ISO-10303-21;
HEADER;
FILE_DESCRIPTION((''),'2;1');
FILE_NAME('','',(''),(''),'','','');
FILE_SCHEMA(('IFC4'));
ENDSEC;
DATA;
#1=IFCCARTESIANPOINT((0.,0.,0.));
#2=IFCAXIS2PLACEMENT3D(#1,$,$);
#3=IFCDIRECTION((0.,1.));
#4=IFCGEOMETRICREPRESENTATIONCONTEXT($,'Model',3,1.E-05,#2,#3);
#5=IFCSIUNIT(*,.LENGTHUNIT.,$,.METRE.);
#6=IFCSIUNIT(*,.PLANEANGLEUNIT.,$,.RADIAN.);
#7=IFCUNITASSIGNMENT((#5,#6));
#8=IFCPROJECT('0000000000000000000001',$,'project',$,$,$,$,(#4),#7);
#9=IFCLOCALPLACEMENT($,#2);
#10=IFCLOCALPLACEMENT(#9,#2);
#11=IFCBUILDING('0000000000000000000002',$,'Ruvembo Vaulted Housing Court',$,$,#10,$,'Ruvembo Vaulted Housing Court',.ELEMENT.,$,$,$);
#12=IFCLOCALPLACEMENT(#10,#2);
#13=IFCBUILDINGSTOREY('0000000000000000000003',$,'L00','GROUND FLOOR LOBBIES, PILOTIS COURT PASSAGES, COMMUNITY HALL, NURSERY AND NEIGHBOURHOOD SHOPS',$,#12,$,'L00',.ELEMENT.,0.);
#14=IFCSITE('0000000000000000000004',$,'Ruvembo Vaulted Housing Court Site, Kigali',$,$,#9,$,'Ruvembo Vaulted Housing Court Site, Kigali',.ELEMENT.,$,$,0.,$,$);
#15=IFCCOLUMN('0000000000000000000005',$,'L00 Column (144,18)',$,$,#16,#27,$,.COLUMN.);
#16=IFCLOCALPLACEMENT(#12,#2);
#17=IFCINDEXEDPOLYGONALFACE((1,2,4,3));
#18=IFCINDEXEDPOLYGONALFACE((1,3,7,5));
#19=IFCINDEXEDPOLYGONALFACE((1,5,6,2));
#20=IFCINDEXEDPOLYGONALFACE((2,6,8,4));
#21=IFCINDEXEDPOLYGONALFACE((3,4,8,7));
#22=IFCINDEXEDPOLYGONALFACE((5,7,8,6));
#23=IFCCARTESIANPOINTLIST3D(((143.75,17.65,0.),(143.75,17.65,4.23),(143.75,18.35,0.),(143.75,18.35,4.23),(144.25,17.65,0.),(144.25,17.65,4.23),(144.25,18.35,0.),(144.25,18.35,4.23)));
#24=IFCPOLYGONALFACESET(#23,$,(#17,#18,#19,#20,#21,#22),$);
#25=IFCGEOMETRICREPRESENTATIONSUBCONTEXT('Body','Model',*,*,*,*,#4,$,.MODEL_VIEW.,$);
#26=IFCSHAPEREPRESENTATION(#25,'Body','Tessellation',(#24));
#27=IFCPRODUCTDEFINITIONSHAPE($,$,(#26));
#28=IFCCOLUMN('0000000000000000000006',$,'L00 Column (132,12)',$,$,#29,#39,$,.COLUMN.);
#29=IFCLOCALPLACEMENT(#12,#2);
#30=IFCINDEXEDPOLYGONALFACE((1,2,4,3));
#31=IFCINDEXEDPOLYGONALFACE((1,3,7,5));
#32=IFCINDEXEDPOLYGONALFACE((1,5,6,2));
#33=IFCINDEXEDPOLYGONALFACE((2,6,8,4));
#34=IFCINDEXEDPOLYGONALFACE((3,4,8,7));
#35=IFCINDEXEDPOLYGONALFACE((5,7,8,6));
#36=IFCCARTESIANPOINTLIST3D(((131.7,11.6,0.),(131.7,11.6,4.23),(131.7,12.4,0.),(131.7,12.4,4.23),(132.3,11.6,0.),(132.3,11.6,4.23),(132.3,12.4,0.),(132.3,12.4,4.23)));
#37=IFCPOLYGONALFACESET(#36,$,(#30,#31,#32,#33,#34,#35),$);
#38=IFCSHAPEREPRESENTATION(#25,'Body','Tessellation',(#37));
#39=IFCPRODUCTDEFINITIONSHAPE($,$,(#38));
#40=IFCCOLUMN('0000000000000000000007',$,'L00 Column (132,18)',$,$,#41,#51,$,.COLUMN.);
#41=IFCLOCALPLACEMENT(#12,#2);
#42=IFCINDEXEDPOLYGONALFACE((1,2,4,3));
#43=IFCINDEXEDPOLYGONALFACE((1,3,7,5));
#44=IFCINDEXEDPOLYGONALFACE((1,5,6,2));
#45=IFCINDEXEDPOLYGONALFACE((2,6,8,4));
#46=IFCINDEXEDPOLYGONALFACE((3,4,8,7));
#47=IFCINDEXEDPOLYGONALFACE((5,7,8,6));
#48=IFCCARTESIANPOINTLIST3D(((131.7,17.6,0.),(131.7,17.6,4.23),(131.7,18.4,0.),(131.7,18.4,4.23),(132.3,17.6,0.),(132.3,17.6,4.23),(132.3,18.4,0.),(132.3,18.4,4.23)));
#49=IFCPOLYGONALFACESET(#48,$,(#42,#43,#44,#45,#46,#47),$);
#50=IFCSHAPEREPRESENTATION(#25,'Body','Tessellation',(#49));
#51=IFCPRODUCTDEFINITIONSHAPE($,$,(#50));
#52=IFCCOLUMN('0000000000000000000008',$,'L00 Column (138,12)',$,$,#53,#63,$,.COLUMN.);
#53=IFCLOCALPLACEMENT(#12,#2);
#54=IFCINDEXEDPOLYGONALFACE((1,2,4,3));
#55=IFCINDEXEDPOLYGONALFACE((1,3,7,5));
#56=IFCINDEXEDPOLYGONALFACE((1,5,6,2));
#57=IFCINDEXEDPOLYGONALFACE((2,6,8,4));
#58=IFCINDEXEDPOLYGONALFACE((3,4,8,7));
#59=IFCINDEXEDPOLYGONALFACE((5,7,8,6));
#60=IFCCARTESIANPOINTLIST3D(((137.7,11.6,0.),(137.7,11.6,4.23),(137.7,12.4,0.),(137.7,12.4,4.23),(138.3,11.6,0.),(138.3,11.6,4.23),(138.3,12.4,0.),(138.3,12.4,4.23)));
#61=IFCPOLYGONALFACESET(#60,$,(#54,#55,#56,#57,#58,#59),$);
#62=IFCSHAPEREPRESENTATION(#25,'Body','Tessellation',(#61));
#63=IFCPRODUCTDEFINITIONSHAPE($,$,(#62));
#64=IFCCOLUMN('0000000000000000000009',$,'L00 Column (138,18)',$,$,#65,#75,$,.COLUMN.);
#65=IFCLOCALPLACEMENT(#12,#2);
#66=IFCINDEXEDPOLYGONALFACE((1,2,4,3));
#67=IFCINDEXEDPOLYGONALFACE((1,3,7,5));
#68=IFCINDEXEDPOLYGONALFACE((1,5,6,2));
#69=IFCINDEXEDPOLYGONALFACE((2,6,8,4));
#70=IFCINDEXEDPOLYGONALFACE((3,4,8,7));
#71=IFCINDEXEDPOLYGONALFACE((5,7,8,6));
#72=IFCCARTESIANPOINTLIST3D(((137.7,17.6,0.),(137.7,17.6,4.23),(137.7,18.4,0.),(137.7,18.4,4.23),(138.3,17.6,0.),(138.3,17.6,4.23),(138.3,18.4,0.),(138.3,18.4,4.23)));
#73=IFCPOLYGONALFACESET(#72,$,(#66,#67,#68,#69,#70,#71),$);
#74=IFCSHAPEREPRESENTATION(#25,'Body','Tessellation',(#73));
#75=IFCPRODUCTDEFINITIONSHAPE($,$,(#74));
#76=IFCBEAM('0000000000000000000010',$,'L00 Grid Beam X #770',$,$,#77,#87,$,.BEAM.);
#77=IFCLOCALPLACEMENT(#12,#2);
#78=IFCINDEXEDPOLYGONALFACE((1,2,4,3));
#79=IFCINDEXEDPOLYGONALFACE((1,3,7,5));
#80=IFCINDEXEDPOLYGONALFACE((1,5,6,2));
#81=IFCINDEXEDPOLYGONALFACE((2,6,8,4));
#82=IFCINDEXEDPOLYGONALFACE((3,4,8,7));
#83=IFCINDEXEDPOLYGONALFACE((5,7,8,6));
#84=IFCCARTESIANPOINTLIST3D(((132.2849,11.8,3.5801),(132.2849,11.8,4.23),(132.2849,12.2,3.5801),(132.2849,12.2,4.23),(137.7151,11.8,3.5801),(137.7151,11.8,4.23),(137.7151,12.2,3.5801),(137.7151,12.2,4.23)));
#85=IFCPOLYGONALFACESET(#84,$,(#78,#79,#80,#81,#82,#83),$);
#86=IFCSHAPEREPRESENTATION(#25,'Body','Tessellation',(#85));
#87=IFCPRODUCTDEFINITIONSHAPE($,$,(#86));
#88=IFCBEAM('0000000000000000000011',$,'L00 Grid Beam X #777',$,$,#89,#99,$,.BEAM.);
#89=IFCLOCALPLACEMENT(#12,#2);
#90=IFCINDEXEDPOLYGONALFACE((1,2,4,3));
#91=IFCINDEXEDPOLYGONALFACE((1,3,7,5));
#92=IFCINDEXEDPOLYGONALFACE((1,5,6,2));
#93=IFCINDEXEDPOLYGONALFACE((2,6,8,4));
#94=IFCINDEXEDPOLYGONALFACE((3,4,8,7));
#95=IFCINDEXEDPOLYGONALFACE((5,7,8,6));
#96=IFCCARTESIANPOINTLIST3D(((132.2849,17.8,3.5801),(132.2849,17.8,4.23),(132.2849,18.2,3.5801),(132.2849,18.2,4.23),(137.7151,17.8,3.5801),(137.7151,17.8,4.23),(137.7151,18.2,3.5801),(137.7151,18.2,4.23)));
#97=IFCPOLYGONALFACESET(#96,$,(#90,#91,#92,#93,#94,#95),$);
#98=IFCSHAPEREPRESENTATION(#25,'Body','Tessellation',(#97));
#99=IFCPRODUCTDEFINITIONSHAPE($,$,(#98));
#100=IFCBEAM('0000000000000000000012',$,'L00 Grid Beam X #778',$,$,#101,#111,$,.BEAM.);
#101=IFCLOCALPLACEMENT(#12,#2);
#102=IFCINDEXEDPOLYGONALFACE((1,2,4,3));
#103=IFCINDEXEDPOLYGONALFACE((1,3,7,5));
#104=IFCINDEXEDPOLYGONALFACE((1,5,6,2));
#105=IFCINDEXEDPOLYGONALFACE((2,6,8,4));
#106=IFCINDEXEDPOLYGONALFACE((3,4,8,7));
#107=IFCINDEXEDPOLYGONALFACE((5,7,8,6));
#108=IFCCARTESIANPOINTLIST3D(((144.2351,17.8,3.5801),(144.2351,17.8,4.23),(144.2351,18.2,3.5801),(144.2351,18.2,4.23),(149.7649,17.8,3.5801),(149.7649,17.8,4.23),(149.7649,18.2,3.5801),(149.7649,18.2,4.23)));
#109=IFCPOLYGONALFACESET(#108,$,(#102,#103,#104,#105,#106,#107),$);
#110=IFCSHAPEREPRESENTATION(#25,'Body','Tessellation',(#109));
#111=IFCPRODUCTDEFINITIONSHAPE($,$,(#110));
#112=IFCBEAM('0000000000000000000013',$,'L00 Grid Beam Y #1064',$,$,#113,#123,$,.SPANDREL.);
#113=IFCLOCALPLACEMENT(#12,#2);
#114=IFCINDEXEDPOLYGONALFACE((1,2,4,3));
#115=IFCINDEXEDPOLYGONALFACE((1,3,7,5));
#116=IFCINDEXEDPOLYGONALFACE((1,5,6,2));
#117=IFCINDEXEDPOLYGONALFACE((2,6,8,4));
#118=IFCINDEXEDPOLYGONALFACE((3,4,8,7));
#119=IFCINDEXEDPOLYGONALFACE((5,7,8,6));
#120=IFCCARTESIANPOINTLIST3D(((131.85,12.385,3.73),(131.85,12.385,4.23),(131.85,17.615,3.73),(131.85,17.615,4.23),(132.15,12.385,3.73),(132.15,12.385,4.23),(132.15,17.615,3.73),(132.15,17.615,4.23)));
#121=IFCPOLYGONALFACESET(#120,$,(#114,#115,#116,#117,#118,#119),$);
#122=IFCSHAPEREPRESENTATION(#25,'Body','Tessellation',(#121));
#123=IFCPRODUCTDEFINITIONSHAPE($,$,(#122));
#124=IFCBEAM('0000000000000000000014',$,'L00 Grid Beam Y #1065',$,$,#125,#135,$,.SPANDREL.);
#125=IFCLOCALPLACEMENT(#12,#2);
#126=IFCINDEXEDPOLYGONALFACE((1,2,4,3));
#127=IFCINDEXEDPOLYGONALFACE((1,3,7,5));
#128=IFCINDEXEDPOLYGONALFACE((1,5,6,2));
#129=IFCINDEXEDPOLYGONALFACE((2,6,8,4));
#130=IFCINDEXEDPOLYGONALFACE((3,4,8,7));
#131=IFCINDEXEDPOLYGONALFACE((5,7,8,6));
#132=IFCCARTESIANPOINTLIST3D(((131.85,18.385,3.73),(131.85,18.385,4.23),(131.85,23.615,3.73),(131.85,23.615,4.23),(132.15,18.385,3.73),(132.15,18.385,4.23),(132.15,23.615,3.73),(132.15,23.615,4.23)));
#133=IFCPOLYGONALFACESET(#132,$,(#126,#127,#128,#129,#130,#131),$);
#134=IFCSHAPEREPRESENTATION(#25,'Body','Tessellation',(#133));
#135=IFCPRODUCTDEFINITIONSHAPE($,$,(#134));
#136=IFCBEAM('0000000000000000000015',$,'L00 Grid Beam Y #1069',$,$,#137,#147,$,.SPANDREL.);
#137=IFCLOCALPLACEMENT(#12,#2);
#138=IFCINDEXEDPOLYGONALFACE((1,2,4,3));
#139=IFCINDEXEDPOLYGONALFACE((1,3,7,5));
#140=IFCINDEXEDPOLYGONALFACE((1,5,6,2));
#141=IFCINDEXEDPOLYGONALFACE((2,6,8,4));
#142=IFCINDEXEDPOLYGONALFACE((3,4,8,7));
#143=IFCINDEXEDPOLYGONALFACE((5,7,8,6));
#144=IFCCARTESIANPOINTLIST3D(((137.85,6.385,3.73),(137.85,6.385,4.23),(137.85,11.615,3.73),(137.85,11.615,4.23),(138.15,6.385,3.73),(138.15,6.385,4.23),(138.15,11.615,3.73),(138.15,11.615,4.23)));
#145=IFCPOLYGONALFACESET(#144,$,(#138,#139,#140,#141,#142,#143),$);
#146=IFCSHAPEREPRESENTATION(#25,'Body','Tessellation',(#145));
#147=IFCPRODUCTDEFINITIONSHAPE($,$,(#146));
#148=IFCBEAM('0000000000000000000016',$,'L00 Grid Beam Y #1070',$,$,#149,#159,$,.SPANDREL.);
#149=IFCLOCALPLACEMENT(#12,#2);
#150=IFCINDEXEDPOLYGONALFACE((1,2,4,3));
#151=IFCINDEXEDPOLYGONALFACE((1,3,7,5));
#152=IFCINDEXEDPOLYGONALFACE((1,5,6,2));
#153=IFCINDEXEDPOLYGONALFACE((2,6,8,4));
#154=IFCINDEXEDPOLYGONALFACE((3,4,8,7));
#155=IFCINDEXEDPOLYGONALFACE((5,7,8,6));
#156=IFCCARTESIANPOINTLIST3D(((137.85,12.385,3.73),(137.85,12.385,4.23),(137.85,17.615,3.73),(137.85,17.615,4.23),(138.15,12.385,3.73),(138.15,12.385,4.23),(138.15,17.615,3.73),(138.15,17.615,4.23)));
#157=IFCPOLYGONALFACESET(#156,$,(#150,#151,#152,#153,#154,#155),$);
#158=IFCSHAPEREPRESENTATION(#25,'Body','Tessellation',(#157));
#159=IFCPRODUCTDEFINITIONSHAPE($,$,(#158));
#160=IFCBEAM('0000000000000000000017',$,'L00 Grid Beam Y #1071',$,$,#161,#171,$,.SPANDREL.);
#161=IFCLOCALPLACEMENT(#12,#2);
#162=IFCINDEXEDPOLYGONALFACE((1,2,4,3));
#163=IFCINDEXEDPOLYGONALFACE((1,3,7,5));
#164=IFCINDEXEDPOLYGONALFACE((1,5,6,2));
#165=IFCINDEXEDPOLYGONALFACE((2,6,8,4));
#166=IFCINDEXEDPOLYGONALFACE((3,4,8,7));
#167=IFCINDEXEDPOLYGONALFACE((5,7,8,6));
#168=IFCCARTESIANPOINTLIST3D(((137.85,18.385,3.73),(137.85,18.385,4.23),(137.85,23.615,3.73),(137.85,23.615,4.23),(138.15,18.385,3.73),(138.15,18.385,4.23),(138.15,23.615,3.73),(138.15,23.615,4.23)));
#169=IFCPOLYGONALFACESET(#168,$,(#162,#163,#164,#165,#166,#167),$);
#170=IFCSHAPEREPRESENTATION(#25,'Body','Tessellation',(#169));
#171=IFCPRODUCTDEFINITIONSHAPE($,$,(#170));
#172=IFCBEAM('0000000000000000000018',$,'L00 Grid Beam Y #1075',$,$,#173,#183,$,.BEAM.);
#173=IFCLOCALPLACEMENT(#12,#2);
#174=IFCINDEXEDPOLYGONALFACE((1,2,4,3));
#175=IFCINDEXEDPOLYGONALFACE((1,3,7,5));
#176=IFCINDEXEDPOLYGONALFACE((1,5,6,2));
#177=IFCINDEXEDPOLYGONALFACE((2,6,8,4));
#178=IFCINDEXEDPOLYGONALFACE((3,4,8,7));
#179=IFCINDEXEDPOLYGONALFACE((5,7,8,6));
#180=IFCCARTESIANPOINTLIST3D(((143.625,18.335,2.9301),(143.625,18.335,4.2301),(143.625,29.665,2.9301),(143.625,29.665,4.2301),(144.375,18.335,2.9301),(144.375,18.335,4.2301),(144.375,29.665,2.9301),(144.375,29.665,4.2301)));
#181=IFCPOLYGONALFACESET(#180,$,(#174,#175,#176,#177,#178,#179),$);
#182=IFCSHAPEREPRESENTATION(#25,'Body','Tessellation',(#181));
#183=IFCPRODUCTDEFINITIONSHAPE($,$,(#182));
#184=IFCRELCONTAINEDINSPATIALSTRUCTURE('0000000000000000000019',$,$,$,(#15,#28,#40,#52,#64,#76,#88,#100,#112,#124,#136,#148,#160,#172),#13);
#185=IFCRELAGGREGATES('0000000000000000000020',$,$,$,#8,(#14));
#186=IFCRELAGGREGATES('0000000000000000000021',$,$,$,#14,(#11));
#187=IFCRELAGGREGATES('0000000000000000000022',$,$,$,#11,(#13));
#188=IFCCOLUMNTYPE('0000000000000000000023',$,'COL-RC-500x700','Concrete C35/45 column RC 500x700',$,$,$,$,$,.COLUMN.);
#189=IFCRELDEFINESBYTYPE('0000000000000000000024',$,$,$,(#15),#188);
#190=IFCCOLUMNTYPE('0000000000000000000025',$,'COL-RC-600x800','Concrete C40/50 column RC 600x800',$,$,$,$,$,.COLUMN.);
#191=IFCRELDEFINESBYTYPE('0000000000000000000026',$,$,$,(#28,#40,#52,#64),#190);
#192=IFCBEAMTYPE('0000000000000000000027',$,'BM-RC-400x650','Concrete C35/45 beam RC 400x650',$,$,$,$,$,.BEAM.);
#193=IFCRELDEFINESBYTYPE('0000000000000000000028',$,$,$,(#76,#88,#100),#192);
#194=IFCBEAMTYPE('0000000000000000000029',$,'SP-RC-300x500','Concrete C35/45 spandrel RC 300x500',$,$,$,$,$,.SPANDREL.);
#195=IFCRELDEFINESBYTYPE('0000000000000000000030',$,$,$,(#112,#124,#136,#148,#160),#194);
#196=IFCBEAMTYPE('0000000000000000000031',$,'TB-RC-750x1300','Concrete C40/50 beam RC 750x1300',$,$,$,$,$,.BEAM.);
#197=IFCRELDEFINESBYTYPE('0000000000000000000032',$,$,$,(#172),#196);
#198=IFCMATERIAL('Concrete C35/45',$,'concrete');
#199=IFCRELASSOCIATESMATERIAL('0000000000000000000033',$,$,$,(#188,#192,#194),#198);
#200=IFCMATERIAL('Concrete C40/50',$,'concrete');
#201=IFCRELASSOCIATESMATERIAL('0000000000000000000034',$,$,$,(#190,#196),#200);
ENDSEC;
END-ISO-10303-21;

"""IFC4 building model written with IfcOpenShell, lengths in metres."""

from ifc_helpers import new_model, si_unit, direction, frame, origin, origin_2d, place, context, subcontext, project, spatial, rectangle, extrude, material, material_profile, profile_set, type_object, element, save


model = new_model("IFC4")

# Units and contexts
model_context = context("Model", 3, precision=1e-05, world=origin(), true_north=direction((0.0, 1.0)))
body_context = subcontext(model_context, "Body", "Model", "MODEL_VIEW")
ifc_project = project(units=[si_unit("LENGTHUNIT", "METRE"), si_unit("PLANEANGLEUNIT", "RADIAN")], contexts=[model_context])

# Site, building, storey
site_placement = place(None, origin())
site = spatial("IfcSite", under=ifc_project, at=site_placement, Name="Ruvembo Vaulted Housing Court Site, Kigali", LongName="Ruvembo Vaulted Housing Court Site, Kigali", CompositionType="ELEMENT", RefElevation=0.0)
building_placement = place(site_placement, origin())
building = spatial("IfcBuilding", under=site, at=building_placement, Name="Ruvembo Vaulted Housing Court", LongName="Ruvembo Vaulted Housing Court", CompositionType="ELEMENT")
storey_placement = place(building_placement, origin())
storey = spatial("IfcBuildingStorey", under=building, at=storey_placement, Name="L00", Description="GROUND FLOOR LOBBIES, PILOTIS COURT PASSAGES, COMMUNITY HALL, NURSERY AND NEIGHBOURHOOD SHOPS", LongName="L00", CompositionType="ELEMENT", Elevation=0.0)

# Columns
ifc_material_1 = material(Name="Concrete C35/45", Category="concrete")
ifc_material_profile_1 = material_profile(ifc_material_1, rectangle(XDim=0.5, YDim=0.7, at=origin_2d()), Name="RC 500x700")
ifc_profile_set_1 = profile_set([ifc_material_profile_1], Name="Concrete C35/45")
column_type_1 = type_object("IfcColumnType", Name="COL-RC-500x700", Description="Concrete C35/45 column RC 500x700", PredefinedType="COLUMN", material=ifc_profile_set_1)
column_placement = place(storey_placement, frame((144.0, 18.0, 0.0), z_axis=(0.0, 0.0, 1.0), x_axis=(1.0, 0.0, 0.0)))
element("IfcColumn", 1, at=column_placement, inside=storey, type_object=column_type_1, Name="L00 Column (144,18)", PredefinedType="COLUMN", context=body_context, shape_type="SweptSolid", body=[
    extrude(rectangle(XDim=0.5, YDim=0.7, at=origin_2d()), origin(), (0.0, 0.0, 1.0), 4.23),
])
ifc_material_2 = material(Name="Concrete C40/50", Category="concrete")
ifc_material_profile_2 = material_profile(ifc_material_2, rectangle(XDim=0.6001, YDim=0.8, at=origin_2d()), Name="RC 600x800")
ifc_profile_set_2 = profile_set([ifc_material_profile_2], Name="Concrete C40/50")
column_type_2 = type_object("IfcColumnType", Name="COL-RC-600x800", Description="Concrete C40/50 column RC 600x800", PredefinedType="COLUMN", material=ifc_profile_set_2)
for number, where, z_axis, x_axis, name in (
    (2, (132.0, 12.0, 0.0), (0.0, 0.0, 1.0), (1.0, 0.0, 0.0), "L00 Column (132,12)"),
    (3, (132.0, 18.0, 0.0), (0.0, 0.0, 1.0), (1.0, 0.0, 0.0), "L00 Column (132,18)"),
    (4, (138.0, 12.0, 0.0), (0.0, 0.0, 1.0), (1.0, 0.0, 0.0), "L00 Column (138,12)"),
    (5, (138.0, 18.0, 0.0), (0.0, 0.0, 1.0), (1.0, 0.0, 0.0), "L00 Column (138,18)"),
):
    element("IfcColumn", number, at=place(storey_placement, frame(where, z_axis=z_axis, x_axis=x_axis)), inside=storey, type_object=column_type_2, Name=name, PredefinedType="COLUMN", context=body_context, shape_type="SweptSolid", body=[
        extrude(rectangle(XDim=0.6001, YDim=0.8, at=origin_2d()), origin(), (0.0, 0.0, 1.0), 4.23),
    ])

# Beams
ifc_material_profile_3 = material_profile(ifc_material_1, rectangle(XDim=0.3999, YDim=0.6499, at=origin_2d()), Name="RC 400x650")
ifc_profile_set_3 = profile_set([ifc_material_profile_3], Name="Concrete C35/45")
beam_type_1 = type_object("IfcBeamType", Name="BM-RC-400x650", Description="Concrete C35/45 beam RC 400x650", PredefinedType="BEAM", material=ifc_profile_set_3)
for number, where, z_axis, x_axis, name in (
    (6, (132.2849, 12.0, 3.905), (1.0, 0.0, 0.0), (0.0, 1.0, 0.0), "L00 Grid Beam X #770"),
    (7, (132.2849, 18.0, 3.905), (1.0, 0.0, 0.0), (0.0, 1.0, 0.0), "L00 Grid Beam X #777"),
):
    element("IfcBeam", number, at=place(storey_placement, frame(where, z_axis=z_axis, x_axis=x_axis)), inside=storey, type_object=beam_type_1, Name=name, PredefinedType="BEAM", context=body_context, shape_type="SweptSolid", body=[
        extrude(rectangle(XDim=0.3999, YDim=0.6499, at=origin_2d()), origin(), (0.0, 0.0, 1.0), 5.4302),
    ])
beam_1_placement = place(storey_placement, frame((144.2351, 18.0, 3.905), z_axis=(1.0, 0.0, 0.0), x_axis=(0.0, 1.0, 0.0)))
element("IfcBeam", 8, at=beam_1_placement, inside=storey, type_object=beam_type_1, Name="L00 Grid Beam X #778", PredefinedType="BEAM", context=body_context, shape_type="SweptSolid", body=[
    extrude(rectangle(XDim=0.3999, YDim=0.6499, at=origin_2d()), origin(), (0.0, 0.0, 1.0), 5.5298),
])
ifc_material_profile_4 = material_profile(ifc_material_1, rectangle(XDim=0.3, YDim=0.5, at=origin_2d()), Name="RC 300x500")
ifc_profile_set_4 = profile_set([ifc_material_profile_4], Name="Concrete C35/45")
beam_type_2 = type_object("IfcBeamType", Name="SP-RC-300x500", Description="Concrete C35/45 spandrel RC 300x500", PredefinedType="SPANDREL", material=ifc_profile_set_4)
for number, where, z_axis, x_axis, name in (
    (9, (132.0, 12.385, 3.98), (0.0, 1.0, 0.0), (-1.0, 0.0, 0.0), "L00 Grid Beam Y #1064"),
    (10, (132.0, 18.385, 3.98), (0.0, 1.0, 0.0), (-1.0, 0.0, 0.0), "L00 Grid Beam Y #1065"),
    (11, (138.0, 6.385, 3.98), (0.0, 1.0, 0.0), (-1.0, 0.0, 0.0), "L00 Grid Beam Y #1069"),
    (12, (138.0, 12.385, 3.98), (0.0, 1.0, 0.0), (-1.0, 0.0, 0.0), "L00 Grid Beam Y #1070"),
    (13, (138.0, 18.385, 3.98), (0.0, 1.0, 0.0), (-1.0, 0.0, 0.0), "L00 Grid Beam Y #1071"),
):
    element("IfcBeam", number, at=place(storey_placement, frame(where, z_axis=z_axis, x_axis=x_axis)), inside=storey, type_object=beam_type_2, Name=name, PredefinedType="SPANDREL", context=body_context, shape_type="SweptSolid", body=[
        extrude(rectangle(XDim=0.3, YDim=0.5, at=origin_2d()), origin(), (0.0, 0.0, 1.0), 5.23),
    ])
ifc_material_profile_5 = material_profile(ifc_material_2, rectangle(XDim=0.75, YDim=1.3, at=origin_2d()), Name="RC 750x1300")
ifc_profile_set_5 = profile_set([ifc_material_profile_5], Name="Concrete C40/50")
beam_type_3 = type_object("IfcBeamType", Name="TB-RC-750x1300", Description="Concrete C40/50 beam RC 750x1300", PredefinedType="BEAM", material=ifc_profile_set_5)
beam_2_placement = place(storey_placement, frame((144.0, 18.335, 3.5801), z_axis=(0.0, 1.0, 0.0), x_axis=(-1.0, 0.0, 0.0)))
element("IfcBeam", 14, at=beam_2_placement, inside=storey, type_object=beam_type_3, Name="L00 Grid Beam Y #1075", PredefinedType="BEAM", context=body_context, shape_type="SweptSolid", body=[
    extrude(rectangle(XDim=0.75, YDim=1.3, at=origin_2d()), origin(), (0.0, 0.0, 1.0), 11.3301),
])

save(model, "model.ifc")
